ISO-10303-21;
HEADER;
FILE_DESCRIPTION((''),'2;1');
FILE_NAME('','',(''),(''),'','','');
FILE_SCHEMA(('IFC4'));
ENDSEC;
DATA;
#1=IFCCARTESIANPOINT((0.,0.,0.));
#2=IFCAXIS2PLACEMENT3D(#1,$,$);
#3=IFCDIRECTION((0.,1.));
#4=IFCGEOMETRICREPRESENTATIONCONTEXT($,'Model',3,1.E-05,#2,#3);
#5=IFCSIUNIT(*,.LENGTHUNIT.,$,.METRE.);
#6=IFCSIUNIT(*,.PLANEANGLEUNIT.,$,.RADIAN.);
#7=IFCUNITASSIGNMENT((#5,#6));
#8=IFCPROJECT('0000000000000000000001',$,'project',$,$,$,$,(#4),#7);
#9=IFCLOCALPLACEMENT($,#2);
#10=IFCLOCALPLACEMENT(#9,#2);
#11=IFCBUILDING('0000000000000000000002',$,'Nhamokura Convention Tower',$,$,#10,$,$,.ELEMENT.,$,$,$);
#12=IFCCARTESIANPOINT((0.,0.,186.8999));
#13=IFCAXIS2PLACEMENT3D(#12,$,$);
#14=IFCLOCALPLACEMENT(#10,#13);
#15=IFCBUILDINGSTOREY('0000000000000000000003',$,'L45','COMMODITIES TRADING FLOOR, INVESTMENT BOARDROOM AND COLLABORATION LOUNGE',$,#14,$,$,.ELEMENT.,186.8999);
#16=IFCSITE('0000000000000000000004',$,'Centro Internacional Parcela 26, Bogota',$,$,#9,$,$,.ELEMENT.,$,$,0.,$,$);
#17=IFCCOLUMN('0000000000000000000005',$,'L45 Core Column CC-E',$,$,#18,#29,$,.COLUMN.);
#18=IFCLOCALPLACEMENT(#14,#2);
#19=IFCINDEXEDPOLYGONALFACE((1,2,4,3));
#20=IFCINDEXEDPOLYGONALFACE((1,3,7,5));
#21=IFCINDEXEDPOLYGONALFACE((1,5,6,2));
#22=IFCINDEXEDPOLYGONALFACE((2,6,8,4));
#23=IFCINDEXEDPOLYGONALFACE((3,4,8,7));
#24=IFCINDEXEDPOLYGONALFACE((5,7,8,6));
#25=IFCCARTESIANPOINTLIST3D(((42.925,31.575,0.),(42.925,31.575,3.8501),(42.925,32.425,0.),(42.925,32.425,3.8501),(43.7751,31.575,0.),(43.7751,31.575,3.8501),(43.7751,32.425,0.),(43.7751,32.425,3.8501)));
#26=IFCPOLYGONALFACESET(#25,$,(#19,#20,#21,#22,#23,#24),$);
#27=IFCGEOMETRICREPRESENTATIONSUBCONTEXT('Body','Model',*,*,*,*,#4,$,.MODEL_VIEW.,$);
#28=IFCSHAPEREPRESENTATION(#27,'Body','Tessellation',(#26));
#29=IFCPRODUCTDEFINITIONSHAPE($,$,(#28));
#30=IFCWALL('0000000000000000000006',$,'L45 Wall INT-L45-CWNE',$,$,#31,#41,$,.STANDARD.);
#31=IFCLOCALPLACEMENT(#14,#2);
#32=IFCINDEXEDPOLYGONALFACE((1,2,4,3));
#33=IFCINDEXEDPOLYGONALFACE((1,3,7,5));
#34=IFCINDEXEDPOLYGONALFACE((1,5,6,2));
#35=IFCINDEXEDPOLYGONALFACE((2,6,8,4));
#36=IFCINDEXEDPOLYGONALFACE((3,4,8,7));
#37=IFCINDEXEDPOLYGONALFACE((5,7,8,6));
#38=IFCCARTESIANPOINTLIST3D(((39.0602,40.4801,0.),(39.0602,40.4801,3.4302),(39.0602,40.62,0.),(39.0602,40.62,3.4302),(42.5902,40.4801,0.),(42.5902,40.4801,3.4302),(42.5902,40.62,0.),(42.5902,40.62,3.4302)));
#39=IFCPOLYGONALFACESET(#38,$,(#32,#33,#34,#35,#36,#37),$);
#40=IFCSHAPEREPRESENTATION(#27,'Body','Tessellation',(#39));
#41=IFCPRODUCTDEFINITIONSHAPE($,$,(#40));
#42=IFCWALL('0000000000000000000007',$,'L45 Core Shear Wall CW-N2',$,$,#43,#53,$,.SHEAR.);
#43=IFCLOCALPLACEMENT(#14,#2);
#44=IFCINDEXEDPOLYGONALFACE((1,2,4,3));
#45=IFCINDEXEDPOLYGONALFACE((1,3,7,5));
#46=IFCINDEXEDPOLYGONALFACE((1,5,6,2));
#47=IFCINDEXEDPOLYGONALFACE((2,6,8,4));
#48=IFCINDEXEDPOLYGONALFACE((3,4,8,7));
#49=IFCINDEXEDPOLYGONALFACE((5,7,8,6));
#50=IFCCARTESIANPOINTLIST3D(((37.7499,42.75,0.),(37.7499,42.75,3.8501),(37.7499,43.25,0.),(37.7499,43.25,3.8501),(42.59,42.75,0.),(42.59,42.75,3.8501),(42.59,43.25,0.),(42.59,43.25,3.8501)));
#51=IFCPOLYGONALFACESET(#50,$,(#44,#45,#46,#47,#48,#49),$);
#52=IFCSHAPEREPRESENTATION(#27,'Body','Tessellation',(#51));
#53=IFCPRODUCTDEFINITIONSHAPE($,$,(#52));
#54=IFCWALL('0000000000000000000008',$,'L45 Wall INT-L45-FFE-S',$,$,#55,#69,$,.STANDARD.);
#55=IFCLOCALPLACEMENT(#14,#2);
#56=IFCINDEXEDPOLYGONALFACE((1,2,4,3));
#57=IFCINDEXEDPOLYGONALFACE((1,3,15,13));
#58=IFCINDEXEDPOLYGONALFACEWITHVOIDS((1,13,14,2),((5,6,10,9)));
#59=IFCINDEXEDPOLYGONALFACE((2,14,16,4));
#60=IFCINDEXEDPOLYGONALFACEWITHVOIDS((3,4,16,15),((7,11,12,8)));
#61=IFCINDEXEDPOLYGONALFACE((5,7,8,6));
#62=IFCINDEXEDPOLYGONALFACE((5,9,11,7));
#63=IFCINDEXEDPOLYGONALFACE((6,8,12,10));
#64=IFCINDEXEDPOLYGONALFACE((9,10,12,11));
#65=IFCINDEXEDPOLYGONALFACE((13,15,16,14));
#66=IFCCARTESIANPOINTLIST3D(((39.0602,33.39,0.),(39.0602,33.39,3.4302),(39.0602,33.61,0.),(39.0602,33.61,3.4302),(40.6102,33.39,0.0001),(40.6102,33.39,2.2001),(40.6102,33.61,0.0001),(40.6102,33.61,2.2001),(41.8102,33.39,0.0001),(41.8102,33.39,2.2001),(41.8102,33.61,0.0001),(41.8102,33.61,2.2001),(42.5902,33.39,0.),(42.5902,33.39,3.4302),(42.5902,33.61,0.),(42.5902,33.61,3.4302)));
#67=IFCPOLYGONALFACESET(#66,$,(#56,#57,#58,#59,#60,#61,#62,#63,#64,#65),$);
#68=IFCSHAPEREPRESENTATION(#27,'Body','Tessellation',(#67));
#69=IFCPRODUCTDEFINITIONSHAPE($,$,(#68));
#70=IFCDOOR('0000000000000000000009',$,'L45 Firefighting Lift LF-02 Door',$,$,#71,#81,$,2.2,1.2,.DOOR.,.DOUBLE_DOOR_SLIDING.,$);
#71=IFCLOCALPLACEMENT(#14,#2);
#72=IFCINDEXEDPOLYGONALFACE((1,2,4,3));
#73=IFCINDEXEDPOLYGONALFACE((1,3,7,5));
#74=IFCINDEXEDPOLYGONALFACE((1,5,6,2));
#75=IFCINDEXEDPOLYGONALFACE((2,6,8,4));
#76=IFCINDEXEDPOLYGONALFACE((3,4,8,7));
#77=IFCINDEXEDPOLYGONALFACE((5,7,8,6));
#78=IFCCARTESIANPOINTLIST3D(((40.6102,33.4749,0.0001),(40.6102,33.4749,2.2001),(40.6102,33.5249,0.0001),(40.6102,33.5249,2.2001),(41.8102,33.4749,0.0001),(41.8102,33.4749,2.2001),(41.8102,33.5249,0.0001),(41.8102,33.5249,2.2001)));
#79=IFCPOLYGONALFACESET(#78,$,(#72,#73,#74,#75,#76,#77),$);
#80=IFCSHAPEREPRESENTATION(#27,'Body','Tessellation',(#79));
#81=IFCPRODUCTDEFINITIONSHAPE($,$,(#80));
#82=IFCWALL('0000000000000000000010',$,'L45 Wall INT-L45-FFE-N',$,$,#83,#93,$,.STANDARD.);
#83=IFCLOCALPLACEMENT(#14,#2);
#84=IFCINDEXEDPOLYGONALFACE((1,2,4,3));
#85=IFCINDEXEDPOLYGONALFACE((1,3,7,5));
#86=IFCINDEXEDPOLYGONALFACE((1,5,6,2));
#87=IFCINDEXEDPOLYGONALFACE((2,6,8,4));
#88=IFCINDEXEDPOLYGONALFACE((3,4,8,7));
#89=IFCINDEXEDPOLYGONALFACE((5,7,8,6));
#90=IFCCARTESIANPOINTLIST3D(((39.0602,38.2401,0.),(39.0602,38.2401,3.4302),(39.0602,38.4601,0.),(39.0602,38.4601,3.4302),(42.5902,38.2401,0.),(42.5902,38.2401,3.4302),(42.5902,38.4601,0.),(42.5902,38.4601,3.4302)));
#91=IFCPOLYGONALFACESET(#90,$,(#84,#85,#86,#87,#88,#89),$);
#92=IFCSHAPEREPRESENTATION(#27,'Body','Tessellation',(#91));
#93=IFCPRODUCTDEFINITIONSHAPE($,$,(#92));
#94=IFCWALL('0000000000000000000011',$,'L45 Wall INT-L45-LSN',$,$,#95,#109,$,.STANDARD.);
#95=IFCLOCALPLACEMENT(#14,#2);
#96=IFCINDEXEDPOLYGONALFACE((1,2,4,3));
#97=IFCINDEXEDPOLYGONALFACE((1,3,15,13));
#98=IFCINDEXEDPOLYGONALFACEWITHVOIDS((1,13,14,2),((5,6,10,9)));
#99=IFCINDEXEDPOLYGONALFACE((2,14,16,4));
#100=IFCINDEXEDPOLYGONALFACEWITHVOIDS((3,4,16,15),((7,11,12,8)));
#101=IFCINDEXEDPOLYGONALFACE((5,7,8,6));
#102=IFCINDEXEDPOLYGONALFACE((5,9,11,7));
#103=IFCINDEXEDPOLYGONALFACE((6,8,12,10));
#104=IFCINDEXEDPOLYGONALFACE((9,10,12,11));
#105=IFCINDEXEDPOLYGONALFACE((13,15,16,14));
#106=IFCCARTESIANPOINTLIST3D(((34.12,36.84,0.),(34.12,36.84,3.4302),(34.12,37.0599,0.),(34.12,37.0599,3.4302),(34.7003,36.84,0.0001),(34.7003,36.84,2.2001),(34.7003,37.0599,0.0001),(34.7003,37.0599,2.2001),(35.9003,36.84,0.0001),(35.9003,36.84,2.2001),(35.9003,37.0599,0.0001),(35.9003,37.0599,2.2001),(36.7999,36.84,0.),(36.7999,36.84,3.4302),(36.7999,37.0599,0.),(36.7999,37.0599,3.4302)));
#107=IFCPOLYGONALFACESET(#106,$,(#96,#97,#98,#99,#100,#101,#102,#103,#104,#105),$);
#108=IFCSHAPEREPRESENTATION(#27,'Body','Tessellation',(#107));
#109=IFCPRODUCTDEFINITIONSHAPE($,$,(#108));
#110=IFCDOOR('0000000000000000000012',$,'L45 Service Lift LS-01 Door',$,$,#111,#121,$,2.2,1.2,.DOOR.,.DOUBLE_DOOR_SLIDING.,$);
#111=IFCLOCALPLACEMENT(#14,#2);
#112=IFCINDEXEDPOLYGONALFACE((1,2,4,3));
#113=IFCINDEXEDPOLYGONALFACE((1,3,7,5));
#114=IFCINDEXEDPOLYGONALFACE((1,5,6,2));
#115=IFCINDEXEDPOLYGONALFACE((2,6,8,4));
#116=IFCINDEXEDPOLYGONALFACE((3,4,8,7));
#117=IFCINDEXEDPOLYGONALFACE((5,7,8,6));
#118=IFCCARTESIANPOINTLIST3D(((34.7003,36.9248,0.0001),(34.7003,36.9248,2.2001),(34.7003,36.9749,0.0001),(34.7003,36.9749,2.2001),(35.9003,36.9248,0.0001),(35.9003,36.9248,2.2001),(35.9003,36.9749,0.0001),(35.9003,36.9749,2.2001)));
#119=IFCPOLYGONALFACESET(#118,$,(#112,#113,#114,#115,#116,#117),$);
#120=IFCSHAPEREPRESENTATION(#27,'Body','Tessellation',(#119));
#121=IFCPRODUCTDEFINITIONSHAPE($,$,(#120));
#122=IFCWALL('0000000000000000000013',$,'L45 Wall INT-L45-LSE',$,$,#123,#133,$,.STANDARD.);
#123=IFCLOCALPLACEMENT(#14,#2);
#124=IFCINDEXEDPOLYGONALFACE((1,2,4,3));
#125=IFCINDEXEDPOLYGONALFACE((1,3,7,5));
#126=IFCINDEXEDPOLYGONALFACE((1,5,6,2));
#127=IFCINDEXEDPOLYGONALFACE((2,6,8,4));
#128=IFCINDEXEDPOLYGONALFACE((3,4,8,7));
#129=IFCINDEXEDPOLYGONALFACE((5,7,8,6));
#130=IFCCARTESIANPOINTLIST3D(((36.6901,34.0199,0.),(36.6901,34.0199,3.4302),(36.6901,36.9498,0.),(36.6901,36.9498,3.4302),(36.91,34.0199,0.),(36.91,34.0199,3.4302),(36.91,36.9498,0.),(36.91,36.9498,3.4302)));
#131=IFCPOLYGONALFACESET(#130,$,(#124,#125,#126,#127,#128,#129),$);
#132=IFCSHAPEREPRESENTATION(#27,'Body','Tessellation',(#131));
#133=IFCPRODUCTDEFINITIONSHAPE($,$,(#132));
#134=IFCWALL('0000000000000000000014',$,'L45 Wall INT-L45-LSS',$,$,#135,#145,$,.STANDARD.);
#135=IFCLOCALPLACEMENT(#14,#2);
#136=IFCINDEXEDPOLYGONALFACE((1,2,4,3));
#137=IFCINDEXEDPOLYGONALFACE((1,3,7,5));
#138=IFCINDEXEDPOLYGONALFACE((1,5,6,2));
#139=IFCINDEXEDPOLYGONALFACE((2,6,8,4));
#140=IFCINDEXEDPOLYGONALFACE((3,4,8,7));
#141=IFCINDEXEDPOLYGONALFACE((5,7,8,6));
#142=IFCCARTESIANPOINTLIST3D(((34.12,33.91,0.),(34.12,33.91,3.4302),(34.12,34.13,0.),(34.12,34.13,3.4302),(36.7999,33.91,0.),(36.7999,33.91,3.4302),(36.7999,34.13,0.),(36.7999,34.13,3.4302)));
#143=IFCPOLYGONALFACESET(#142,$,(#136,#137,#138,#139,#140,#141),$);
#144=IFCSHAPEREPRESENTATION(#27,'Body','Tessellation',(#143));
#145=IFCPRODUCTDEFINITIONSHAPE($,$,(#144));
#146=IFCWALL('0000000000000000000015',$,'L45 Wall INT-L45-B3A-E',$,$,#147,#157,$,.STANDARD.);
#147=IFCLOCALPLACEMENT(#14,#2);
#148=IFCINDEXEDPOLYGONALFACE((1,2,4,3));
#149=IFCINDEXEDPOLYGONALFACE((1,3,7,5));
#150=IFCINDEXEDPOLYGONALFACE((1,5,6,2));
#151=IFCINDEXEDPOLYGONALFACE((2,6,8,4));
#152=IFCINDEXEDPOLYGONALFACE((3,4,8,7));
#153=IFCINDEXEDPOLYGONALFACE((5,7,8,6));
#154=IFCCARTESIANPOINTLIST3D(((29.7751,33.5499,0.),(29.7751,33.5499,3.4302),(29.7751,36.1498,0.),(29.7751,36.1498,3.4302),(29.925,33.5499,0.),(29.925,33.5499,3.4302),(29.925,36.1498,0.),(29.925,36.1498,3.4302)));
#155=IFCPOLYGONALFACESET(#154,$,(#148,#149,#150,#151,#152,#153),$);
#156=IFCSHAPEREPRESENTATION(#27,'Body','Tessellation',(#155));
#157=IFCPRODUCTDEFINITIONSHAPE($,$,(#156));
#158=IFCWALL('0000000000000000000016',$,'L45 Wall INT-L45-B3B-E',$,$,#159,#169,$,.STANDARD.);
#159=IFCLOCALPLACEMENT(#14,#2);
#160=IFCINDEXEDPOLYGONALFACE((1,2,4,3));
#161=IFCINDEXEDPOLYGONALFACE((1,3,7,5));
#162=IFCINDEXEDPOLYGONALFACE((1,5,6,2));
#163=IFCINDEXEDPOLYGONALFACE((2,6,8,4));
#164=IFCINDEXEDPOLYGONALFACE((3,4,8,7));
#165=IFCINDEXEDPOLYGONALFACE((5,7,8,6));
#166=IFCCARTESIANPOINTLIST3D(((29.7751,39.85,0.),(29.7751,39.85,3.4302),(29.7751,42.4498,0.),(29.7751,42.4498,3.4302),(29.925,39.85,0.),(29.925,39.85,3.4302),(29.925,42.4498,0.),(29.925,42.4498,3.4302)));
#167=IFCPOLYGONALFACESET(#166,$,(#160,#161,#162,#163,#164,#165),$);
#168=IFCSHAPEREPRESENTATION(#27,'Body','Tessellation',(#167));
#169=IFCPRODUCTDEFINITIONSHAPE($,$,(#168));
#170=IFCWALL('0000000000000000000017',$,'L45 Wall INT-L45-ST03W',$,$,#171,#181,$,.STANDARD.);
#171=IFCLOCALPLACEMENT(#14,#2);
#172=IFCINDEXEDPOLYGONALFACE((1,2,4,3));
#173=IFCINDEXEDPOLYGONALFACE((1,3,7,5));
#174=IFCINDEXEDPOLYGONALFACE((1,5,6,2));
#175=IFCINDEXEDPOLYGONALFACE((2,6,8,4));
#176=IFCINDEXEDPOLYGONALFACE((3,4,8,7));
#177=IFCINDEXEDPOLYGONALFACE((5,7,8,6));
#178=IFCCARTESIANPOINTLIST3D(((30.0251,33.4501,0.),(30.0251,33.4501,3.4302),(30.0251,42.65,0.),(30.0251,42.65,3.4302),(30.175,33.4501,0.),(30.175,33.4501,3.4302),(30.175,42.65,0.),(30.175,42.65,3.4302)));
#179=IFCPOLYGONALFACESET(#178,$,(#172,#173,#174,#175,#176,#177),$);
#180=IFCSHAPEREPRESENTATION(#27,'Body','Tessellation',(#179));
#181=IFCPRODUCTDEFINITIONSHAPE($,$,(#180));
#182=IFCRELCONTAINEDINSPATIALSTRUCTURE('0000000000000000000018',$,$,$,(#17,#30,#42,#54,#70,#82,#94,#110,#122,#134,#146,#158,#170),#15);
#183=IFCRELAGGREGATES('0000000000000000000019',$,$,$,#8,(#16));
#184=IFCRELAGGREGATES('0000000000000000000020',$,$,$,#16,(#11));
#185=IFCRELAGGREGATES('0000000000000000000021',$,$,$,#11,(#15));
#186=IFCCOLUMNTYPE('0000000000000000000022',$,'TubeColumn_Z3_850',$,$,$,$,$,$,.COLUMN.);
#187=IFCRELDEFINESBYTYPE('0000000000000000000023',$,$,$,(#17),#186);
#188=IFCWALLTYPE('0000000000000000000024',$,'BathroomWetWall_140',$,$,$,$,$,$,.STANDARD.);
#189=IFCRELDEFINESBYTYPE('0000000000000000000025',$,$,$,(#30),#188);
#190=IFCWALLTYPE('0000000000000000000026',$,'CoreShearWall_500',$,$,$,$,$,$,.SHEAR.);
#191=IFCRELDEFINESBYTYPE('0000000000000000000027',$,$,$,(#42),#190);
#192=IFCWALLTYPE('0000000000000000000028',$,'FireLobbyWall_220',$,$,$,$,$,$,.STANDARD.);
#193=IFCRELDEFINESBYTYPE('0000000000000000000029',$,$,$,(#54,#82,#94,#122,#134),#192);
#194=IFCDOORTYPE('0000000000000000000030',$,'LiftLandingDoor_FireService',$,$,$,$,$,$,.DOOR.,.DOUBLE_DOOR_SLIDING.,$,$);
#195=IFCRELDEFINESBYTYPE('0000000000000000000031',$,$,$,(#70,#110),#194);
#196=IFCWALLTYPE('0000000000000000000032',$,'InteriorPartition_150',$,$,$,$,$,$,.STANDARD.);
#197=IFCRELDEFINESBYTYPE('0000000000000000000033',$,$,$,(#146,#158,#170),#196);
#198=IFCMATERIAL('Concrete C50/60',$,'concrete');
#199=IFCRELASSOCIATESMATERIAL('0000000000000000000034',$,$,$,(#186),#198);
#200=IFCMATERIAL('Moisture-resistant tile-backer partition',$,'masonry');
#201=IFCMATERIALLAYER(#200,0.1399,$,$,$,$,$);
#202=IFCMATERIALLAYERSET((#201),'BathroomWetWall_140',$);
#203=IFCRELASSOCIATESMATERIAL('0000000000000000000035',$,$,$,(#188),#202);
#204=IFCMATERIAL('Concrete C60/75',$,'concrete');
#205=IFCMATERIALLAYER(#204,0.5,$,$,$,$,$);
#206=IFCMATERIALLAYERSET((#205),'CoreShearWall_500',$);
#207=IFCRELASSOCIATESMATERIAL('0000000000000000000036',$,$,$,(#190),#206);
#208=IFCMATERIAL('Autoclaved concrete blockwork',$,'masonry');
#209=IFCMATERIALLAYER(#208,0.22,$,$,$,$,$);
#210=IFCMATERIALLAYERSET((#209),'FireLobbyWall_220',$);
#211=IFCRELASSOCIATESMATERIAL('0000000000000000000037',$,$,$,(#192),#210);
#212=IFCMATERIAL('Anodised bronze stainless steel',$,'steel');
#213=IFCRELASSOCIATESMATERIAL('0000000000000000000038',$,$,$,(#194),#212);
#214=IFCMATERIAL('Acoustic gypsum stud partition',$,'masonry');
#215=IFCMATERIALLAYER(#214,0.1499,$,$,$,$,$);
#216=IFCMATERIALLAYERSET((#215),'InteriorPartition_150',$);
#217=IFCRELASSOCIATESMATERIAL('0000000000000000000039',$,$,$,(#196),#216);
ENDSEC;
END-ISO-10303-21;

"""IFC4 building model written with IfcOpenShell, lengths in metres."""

from ifc_helpers import new_model, si_unit, direction, frame, frame_2d, origin, origin_2d, place, context, subcontext, project, spatial, rectangle, extrude, material, layer, layer_set, material_profile, profile_set, type_object, element, fill, save


model = new_model("IFC4")

# Units and contexts
model_context = context("Model", 3, precision=1e-05, world=origin(), true_north=direction((0.0, 1.0)))
body_context = subcontext(model_context, "Body", "Model", "MODEL_VIEW")
ifc_project = project(units=[si_unit("LENGTHUNIT", "METRE"), si_unit("PLANEANGLEUNIT", "RADIAN")], contexts=[model_context])

# Site, building, storey
site_placement = place(None, origin())
site = spatial("IfcSite", under=ifc_project, at=site_placement, Name="Centro Internacional Parcela 26, Bogota", CompositionType="ELEMENT", RefElevation=0.0)
building_placement = place(site_placement, origin())
building = spatial("IfcBuilding", under=site, at=building_placement, Name="Nhamokura Convention Tower", CompositionType="ELEMENT")
storey_placement = place(building_placement, frame((0.0, 0.0, 186.8999)))
storey = spatial("IfcBuildingStorey", under=building, at=storey_placement, Name="L45", Description="COMMODITIES TRADING FLOOR, INVESTMENT BOARDROOM AND COLLABORATION LOUNGE", CompositionType="ELEMENT", Elevation=186.8999)

# Column
ifc_material_1 = material(Name="Concrete C50/60", Category="concrete")
ifc_material_profile = material_profile(ifc_material_1, rectangle(XDim=0.8501, YDim=0.8501, at=origin_2d()))
ifc_profile_set = profile_set([ifc_material_profile], Name="Concrete C50/60")
column_type = type_object("IfcColumnType", Name="TubeColumn_Z3_850", PredefinedType="COLUMN", material=ifc_profile_set)
column_placement = place(storey_placement, frame((43.3501, 32.0, 0.0), z_axis=(0.0, 0.0, 1.0), x_axis=(1.0, 0.0, 0.0)))
element("IfcColumn", 1, at=column_placement, inside=storey, type_object=column_type, Name="L45 Core Column CC-E", PredefinedType="COLUMN", context=body_context, shape_type="SweptSolid", body=[
    extrude(rectangle(XDim=0.8501, YDim=0.8501, at=origin_2d()), origin(), (0.0, 0.0, 1.0), 3.8501),
])

# Walls
ifc_material_2 = material(Name="Moisture-resistant tile-backer partition", Category="masonry")
ifc_layer_1 = layer(ifc_material_2, 0.1399)
ifc_layer_set_1 = layer_set([ifc_layer_1], Name="BathroomWetWall_140")
wall_type_1 = type_object("IfcWallType", Name="BathroomWetWall_140", PredefinedType="STANDARD", material=ifc_layer_set_1)
wall_1_placement = place(storey_placement, frame((39.0601, 40.55, 0.0), z_axis=(0.0, 0.0, 1.0), x_axis=(1.0, 0.0, 0.0)))
element("IfcWall", 2, at=wall_1_placement, inside=storey, type_object=wall_type_1, Name="L45 Wall INT-L45-CWNE", PredefinedType="STANDARD", context=body_context, shape_type="SweptSolid", body=[
    extrude(rectangle(XDim=3.53, YDim=0.1399, at=frame_2d((1.7651, 0.0))), origin(), (0.0, 0.0, 1.0), 3.4302),
])
ifc_material_3 = material(Name="Concrete C60/75", Category="concrete")
ifc_layer_2 = layer(ifc_material_3, 0.5)
ifc_layer_set_2 = layer_set([ifc_layer_2], Name="CoreShearWall_500")
wall_type_2 = type_object("IfcWallType", Name="CoreShearWall_500", PredefinedType="SHEAR", material=ifc_layer_set_2)
wall_2_placement = place(storey_placement, frame((37.75, 43.0, 0.0), z_axis=(0.0, 0.0, 1.0), x_axis=(1.0, 0.0, 0.0)))
element("IfcWall", 3, at=wall_2_placement, inside=storey, type_object=wall_type_2, Name="L45 Core Shear Wall CW-N2", PredefinedType="SHEAR", context=body_context, shape_type="SweptSolid", body=[
    extrude(rectangle(XDim=4.8401, YDim=0.5, at=frame_2d((2.4199, 0.0))), origin(), (0.0, 0.0, 1.0), 3.8501),
])

# Wall, opening, door
ifc_material_4 = material(Name="Autoclaved concrete blockwork", Category="masonry")
ifc_layer_3 = layer(ifc_material_4, 0.22)
ifc_layer_set_3 = layer_set([ifc_layer_3], Name="FireLobbyWall_220")
wall_type_3 = type_object("IfcWallType", Name="FireLobbyWall_220", PredefinedType="STANDARD", material=ifc_layer_set_3)
wall_3_placement = place(storey_placement, frame((39.0601, 33.5, 0.0), z_axis=(0.0, 0.0, 1.0), x_axis=(1.0, 0.0, 0.0)))
wall_3 = element("IfcWall", 4, at=wall_3_placement, inside=storey, type_object=wall_type_3, Name="L45 Wall INT-L45-FFE-S", PredefinedType="STANDARD", context=body_context, shape_type="SweptSolid", body=[
    extrude(rectangle(XDim=3.53, YDim=0.22, at=frame_2d((1.7651, 0.0))), origin(), (0.0, 0.0, 1.0), 3.4302),
])
opening_1_placement = place(wall_3_placement, frame((1.55, 0.0, 0.0)))
opening_1 = element("IfcOpeningElement", 5, at=opening_1_placement, cuts=wall_3, PredefinedType="OPENING", context=body_context, shape_type="SweptSolid", body=[
    extrude(rectangle(XDim=1.2, YDim=2.2, at=frame_2d((0.6001, 1.1001))), frame((0.0, 0.1199, 0.0), z_axis=(0.0, -1.0, 0.0), x_axis=(1.0, 0.0, 0.0)), (0.0, 0.0, 1.0), 0.24),
])
ifc_material_5 = material(Name="Anodised bronze stainless steel", Category="steel")
door_type_1 = type_object("IfcDoorType", Name="LiftLandingDoor_FireService", OperationType="DOUBLE_DOOR_SLIDING", PredefinedType="DOOR", material=ifc_material_5)
door_1_placement = place(opening_1_placement, origin())
door_1 = element("IfcDoor", 6, at=door_1_placement, inside=storey, type_object=door_type_1, Name="L45 Firefighting Lift LF-02 Door", OperationType="DOUBLE_DOOR_SLIDING", OverallHeight=2.2, OverallWidth=1.2, PredefinedType="DOOR", context=body_context, shape_type="SweptSolid", body=[
    extrude(rectangle(XDim=1.2, YDim=2.2, at=frame_2d((0.6001, 1.1001))), frame((0.0, 0.0249, 0.0), z_axis=(0.0, -1.0, 0.0), x_axis=(1.0, 0.0, 0.0)), (0.0, 0.0, 1.0), 0.05),
])
fill(opening_1, door_1)

# Wall
wall_4_placement = place(storey_placement, frame((39.0601, 38.3501, 0.0), z_axis=(0.0, 0.0, 1.0), x_axis=(1.0, 0.0, 0.0)))
element("IfcWall", 7, at=wall_4_placement, inside=storey, type_object=wall_type_3, Name="L45 Wall INT-L45-FFE-N", PredefinedType="STANDARD", context=body_context, shape_type="SweptSolid", body=[
    extrude(rectangle(XDim=3.53, YDim=0.22, at=frame_2d((1.7651, 0.0))), origin(), (0.0, 0.0, 1.0), 3.4302),
])

# Wall, opening, door
wall_5_placement = place(storey_placement, frame((34.1201, 36.95, 0.0), z_axis=(0.0, 0.0, 1.0), x_axis=(1.0, 0.0, 0.0)))
wall_5 = element("IfcWall", 8, at=wall_5_placement, inside=storey, type_object=wall_type_3, Name="L45 Wall INT-L45-LSN", PredefinedType="STANDARD", context=body_context, shape_type="SweptSolid", body=[
    extrude(rectangle(XDim=2.6799, YDim=0.22, at=frame_2d((1.3398, 0.0))), origin(), (0.0, 0.0, 1.0), 3.4302),
])
opening_2_placement = place(wall_5_placement, frame((0.5801, 0.0, 0.0)))
opening_2 = element("IfcOpeningElement", 9, at=opening_2_placement, cuts=wall_5, PredefinedType="OPENING", context=body_context, shape_type="SweptSolid", body=[
    extrude(rectangle(XDim=1.2, YDim=2.2, at=frame_2d((0.6001, 1.1001))), frame((0.0, 0.1199, 0.0), z_axis=(0.0, -1.0, 0.0), x_axis=(1.0, 0.0, 0.0)), (0.0, 0.0, 1.0), 0.24),
])
door_2_placement = place(opening_2_placement, origin())
door_2 = element("IfcDoor", 10, at=door_2_placement, inside=storey, type_object=door_type_1, Name="L45 Service Lift LS-01 Door", OperationType="DOUBLE_DOOR_SLIDING", OverallHeight=2.2, OverallWidth=1.2, PredefinedType="DOOR", context=body_context, shape_type="SweptSolid", body=[
    extrude(rectangle(XDim=1.2, YDim=2.2, at=frame_2d((0.6001, 1.1001))), frame((0.0, 0.0249, 0.0), z_axis=(0.0, -1.0, 0.0), x_axis=(1.0, 0.0, 0.0)), (0.0, 0.0, 1.0), 0.05),
])
fill(opening_2, door_2)

# Walls
wall_6_placement = place(storey_placement, frame((36.8, 34.02, 0.0), z_axis=(0.0, 0.0, 1.0), x_axis=(0.0, 1.0, 0.0)))
element("IfcWall", 11, at=wall_6_placement, inside=storey, type_object=wall_type_3, Name="L45 Wall INT-L45-LSE", PredefinedType="STANDARD", context=body_context, shape_type="SweptSolid", body=[
    extrude(rectangle(XDim=2.9299, YDim=0.22, at=frame_2d((1.4648, 0.0))), origin(), (0.0, 0.0, 1.0), 3.4302),
])
wall_7_placement = place(storey_placement, frame((34.1201, 34.02, 0.0), z_axis=(0.0, 0.0, 1.0), x_axis=(1.0, 0.0, 0.0)))
element("IfcWall", 12, at=wall_7_placement, inside=storey, type_object=wall_type_3, Name="L45 Wall INT-L45-LSS", PredefinedType="STANDARD", context=body_context, shape_type="SweptSolid", body=[
    extrude(rectangle(XDim=2.6799, YDim=0.22, at=frame_2d((1.3398, 0.0))), origin(), (0.0, 0.0, 1.0), 3.4302),
])
ifc_material_6 = material(Name="Acoustic gypsum stud partition", Category="masonry")
ifc_layer_4 = layer(ifc_material_6, 0.1499)
ifc_layer_set_4 = layer_set([ifc_layer_4], Name="InteriorPartition_150")
wall_type_4 = type_object("IfcWallType", Name="InteriorPartition_150", PredefinedType="STANDARD", material=ifc_layer_set_4)
for number, where, z_axis, x_axis, name in (
    (13, (29.8501, 33.55, 0.0), (0.0, 0.0, 1.0), (0.0, 1.0, 0.0), "L45 Wall INT-L45-B3A-E"),
    (14, (29.8501, 39.8501, 0.0), (0.0, 0.0, 1.0), (0.0, 1.0, 0.0), "L45 Wall INT-L45-B3B-E"),
):
    element("IfcWall", number, at=place(storey_placement, frame(where, z_axis=z_axis, x_axis=x_axis)), inside=storey, type_object=wall_type_4, Name=name, PredefinedType="STANDARD", context=body_context, shape_type="SweptSolid", body=[
        extrude(rectangle(XDim=2.5999, YDim=0.1499, at=frame_2d((1.2998, 0.0))), origin(), (0.0, 0.0, 1.0), 3.4302),
    ])
for number, where, z_axis, x_axis, name in (
    (15, (30.1001, 33.45, 0.0), (0.0, 0.0, 1.0), (0.0, 1.0, 0.0), "L45 Wall INT-L45-ST03W"),
):
    element("IfcWall", number, at=place(storey_placement, frame(where, z_axis=z_axis, x_axis=x_axis)), inside=storey, type_object=wall_type_4, Name=name, PredefinedType="STANDARD", context=body_context, shape_type="SweptSolid", body=[
        extrude(rectangle(XDim=9.2, YDim=0.1499, at=frame_2d((4.6001, 0.0))), origin(), (0.0, 0.0, 1.0), 3.4302),
    ])

save(model, "model.ifc")
